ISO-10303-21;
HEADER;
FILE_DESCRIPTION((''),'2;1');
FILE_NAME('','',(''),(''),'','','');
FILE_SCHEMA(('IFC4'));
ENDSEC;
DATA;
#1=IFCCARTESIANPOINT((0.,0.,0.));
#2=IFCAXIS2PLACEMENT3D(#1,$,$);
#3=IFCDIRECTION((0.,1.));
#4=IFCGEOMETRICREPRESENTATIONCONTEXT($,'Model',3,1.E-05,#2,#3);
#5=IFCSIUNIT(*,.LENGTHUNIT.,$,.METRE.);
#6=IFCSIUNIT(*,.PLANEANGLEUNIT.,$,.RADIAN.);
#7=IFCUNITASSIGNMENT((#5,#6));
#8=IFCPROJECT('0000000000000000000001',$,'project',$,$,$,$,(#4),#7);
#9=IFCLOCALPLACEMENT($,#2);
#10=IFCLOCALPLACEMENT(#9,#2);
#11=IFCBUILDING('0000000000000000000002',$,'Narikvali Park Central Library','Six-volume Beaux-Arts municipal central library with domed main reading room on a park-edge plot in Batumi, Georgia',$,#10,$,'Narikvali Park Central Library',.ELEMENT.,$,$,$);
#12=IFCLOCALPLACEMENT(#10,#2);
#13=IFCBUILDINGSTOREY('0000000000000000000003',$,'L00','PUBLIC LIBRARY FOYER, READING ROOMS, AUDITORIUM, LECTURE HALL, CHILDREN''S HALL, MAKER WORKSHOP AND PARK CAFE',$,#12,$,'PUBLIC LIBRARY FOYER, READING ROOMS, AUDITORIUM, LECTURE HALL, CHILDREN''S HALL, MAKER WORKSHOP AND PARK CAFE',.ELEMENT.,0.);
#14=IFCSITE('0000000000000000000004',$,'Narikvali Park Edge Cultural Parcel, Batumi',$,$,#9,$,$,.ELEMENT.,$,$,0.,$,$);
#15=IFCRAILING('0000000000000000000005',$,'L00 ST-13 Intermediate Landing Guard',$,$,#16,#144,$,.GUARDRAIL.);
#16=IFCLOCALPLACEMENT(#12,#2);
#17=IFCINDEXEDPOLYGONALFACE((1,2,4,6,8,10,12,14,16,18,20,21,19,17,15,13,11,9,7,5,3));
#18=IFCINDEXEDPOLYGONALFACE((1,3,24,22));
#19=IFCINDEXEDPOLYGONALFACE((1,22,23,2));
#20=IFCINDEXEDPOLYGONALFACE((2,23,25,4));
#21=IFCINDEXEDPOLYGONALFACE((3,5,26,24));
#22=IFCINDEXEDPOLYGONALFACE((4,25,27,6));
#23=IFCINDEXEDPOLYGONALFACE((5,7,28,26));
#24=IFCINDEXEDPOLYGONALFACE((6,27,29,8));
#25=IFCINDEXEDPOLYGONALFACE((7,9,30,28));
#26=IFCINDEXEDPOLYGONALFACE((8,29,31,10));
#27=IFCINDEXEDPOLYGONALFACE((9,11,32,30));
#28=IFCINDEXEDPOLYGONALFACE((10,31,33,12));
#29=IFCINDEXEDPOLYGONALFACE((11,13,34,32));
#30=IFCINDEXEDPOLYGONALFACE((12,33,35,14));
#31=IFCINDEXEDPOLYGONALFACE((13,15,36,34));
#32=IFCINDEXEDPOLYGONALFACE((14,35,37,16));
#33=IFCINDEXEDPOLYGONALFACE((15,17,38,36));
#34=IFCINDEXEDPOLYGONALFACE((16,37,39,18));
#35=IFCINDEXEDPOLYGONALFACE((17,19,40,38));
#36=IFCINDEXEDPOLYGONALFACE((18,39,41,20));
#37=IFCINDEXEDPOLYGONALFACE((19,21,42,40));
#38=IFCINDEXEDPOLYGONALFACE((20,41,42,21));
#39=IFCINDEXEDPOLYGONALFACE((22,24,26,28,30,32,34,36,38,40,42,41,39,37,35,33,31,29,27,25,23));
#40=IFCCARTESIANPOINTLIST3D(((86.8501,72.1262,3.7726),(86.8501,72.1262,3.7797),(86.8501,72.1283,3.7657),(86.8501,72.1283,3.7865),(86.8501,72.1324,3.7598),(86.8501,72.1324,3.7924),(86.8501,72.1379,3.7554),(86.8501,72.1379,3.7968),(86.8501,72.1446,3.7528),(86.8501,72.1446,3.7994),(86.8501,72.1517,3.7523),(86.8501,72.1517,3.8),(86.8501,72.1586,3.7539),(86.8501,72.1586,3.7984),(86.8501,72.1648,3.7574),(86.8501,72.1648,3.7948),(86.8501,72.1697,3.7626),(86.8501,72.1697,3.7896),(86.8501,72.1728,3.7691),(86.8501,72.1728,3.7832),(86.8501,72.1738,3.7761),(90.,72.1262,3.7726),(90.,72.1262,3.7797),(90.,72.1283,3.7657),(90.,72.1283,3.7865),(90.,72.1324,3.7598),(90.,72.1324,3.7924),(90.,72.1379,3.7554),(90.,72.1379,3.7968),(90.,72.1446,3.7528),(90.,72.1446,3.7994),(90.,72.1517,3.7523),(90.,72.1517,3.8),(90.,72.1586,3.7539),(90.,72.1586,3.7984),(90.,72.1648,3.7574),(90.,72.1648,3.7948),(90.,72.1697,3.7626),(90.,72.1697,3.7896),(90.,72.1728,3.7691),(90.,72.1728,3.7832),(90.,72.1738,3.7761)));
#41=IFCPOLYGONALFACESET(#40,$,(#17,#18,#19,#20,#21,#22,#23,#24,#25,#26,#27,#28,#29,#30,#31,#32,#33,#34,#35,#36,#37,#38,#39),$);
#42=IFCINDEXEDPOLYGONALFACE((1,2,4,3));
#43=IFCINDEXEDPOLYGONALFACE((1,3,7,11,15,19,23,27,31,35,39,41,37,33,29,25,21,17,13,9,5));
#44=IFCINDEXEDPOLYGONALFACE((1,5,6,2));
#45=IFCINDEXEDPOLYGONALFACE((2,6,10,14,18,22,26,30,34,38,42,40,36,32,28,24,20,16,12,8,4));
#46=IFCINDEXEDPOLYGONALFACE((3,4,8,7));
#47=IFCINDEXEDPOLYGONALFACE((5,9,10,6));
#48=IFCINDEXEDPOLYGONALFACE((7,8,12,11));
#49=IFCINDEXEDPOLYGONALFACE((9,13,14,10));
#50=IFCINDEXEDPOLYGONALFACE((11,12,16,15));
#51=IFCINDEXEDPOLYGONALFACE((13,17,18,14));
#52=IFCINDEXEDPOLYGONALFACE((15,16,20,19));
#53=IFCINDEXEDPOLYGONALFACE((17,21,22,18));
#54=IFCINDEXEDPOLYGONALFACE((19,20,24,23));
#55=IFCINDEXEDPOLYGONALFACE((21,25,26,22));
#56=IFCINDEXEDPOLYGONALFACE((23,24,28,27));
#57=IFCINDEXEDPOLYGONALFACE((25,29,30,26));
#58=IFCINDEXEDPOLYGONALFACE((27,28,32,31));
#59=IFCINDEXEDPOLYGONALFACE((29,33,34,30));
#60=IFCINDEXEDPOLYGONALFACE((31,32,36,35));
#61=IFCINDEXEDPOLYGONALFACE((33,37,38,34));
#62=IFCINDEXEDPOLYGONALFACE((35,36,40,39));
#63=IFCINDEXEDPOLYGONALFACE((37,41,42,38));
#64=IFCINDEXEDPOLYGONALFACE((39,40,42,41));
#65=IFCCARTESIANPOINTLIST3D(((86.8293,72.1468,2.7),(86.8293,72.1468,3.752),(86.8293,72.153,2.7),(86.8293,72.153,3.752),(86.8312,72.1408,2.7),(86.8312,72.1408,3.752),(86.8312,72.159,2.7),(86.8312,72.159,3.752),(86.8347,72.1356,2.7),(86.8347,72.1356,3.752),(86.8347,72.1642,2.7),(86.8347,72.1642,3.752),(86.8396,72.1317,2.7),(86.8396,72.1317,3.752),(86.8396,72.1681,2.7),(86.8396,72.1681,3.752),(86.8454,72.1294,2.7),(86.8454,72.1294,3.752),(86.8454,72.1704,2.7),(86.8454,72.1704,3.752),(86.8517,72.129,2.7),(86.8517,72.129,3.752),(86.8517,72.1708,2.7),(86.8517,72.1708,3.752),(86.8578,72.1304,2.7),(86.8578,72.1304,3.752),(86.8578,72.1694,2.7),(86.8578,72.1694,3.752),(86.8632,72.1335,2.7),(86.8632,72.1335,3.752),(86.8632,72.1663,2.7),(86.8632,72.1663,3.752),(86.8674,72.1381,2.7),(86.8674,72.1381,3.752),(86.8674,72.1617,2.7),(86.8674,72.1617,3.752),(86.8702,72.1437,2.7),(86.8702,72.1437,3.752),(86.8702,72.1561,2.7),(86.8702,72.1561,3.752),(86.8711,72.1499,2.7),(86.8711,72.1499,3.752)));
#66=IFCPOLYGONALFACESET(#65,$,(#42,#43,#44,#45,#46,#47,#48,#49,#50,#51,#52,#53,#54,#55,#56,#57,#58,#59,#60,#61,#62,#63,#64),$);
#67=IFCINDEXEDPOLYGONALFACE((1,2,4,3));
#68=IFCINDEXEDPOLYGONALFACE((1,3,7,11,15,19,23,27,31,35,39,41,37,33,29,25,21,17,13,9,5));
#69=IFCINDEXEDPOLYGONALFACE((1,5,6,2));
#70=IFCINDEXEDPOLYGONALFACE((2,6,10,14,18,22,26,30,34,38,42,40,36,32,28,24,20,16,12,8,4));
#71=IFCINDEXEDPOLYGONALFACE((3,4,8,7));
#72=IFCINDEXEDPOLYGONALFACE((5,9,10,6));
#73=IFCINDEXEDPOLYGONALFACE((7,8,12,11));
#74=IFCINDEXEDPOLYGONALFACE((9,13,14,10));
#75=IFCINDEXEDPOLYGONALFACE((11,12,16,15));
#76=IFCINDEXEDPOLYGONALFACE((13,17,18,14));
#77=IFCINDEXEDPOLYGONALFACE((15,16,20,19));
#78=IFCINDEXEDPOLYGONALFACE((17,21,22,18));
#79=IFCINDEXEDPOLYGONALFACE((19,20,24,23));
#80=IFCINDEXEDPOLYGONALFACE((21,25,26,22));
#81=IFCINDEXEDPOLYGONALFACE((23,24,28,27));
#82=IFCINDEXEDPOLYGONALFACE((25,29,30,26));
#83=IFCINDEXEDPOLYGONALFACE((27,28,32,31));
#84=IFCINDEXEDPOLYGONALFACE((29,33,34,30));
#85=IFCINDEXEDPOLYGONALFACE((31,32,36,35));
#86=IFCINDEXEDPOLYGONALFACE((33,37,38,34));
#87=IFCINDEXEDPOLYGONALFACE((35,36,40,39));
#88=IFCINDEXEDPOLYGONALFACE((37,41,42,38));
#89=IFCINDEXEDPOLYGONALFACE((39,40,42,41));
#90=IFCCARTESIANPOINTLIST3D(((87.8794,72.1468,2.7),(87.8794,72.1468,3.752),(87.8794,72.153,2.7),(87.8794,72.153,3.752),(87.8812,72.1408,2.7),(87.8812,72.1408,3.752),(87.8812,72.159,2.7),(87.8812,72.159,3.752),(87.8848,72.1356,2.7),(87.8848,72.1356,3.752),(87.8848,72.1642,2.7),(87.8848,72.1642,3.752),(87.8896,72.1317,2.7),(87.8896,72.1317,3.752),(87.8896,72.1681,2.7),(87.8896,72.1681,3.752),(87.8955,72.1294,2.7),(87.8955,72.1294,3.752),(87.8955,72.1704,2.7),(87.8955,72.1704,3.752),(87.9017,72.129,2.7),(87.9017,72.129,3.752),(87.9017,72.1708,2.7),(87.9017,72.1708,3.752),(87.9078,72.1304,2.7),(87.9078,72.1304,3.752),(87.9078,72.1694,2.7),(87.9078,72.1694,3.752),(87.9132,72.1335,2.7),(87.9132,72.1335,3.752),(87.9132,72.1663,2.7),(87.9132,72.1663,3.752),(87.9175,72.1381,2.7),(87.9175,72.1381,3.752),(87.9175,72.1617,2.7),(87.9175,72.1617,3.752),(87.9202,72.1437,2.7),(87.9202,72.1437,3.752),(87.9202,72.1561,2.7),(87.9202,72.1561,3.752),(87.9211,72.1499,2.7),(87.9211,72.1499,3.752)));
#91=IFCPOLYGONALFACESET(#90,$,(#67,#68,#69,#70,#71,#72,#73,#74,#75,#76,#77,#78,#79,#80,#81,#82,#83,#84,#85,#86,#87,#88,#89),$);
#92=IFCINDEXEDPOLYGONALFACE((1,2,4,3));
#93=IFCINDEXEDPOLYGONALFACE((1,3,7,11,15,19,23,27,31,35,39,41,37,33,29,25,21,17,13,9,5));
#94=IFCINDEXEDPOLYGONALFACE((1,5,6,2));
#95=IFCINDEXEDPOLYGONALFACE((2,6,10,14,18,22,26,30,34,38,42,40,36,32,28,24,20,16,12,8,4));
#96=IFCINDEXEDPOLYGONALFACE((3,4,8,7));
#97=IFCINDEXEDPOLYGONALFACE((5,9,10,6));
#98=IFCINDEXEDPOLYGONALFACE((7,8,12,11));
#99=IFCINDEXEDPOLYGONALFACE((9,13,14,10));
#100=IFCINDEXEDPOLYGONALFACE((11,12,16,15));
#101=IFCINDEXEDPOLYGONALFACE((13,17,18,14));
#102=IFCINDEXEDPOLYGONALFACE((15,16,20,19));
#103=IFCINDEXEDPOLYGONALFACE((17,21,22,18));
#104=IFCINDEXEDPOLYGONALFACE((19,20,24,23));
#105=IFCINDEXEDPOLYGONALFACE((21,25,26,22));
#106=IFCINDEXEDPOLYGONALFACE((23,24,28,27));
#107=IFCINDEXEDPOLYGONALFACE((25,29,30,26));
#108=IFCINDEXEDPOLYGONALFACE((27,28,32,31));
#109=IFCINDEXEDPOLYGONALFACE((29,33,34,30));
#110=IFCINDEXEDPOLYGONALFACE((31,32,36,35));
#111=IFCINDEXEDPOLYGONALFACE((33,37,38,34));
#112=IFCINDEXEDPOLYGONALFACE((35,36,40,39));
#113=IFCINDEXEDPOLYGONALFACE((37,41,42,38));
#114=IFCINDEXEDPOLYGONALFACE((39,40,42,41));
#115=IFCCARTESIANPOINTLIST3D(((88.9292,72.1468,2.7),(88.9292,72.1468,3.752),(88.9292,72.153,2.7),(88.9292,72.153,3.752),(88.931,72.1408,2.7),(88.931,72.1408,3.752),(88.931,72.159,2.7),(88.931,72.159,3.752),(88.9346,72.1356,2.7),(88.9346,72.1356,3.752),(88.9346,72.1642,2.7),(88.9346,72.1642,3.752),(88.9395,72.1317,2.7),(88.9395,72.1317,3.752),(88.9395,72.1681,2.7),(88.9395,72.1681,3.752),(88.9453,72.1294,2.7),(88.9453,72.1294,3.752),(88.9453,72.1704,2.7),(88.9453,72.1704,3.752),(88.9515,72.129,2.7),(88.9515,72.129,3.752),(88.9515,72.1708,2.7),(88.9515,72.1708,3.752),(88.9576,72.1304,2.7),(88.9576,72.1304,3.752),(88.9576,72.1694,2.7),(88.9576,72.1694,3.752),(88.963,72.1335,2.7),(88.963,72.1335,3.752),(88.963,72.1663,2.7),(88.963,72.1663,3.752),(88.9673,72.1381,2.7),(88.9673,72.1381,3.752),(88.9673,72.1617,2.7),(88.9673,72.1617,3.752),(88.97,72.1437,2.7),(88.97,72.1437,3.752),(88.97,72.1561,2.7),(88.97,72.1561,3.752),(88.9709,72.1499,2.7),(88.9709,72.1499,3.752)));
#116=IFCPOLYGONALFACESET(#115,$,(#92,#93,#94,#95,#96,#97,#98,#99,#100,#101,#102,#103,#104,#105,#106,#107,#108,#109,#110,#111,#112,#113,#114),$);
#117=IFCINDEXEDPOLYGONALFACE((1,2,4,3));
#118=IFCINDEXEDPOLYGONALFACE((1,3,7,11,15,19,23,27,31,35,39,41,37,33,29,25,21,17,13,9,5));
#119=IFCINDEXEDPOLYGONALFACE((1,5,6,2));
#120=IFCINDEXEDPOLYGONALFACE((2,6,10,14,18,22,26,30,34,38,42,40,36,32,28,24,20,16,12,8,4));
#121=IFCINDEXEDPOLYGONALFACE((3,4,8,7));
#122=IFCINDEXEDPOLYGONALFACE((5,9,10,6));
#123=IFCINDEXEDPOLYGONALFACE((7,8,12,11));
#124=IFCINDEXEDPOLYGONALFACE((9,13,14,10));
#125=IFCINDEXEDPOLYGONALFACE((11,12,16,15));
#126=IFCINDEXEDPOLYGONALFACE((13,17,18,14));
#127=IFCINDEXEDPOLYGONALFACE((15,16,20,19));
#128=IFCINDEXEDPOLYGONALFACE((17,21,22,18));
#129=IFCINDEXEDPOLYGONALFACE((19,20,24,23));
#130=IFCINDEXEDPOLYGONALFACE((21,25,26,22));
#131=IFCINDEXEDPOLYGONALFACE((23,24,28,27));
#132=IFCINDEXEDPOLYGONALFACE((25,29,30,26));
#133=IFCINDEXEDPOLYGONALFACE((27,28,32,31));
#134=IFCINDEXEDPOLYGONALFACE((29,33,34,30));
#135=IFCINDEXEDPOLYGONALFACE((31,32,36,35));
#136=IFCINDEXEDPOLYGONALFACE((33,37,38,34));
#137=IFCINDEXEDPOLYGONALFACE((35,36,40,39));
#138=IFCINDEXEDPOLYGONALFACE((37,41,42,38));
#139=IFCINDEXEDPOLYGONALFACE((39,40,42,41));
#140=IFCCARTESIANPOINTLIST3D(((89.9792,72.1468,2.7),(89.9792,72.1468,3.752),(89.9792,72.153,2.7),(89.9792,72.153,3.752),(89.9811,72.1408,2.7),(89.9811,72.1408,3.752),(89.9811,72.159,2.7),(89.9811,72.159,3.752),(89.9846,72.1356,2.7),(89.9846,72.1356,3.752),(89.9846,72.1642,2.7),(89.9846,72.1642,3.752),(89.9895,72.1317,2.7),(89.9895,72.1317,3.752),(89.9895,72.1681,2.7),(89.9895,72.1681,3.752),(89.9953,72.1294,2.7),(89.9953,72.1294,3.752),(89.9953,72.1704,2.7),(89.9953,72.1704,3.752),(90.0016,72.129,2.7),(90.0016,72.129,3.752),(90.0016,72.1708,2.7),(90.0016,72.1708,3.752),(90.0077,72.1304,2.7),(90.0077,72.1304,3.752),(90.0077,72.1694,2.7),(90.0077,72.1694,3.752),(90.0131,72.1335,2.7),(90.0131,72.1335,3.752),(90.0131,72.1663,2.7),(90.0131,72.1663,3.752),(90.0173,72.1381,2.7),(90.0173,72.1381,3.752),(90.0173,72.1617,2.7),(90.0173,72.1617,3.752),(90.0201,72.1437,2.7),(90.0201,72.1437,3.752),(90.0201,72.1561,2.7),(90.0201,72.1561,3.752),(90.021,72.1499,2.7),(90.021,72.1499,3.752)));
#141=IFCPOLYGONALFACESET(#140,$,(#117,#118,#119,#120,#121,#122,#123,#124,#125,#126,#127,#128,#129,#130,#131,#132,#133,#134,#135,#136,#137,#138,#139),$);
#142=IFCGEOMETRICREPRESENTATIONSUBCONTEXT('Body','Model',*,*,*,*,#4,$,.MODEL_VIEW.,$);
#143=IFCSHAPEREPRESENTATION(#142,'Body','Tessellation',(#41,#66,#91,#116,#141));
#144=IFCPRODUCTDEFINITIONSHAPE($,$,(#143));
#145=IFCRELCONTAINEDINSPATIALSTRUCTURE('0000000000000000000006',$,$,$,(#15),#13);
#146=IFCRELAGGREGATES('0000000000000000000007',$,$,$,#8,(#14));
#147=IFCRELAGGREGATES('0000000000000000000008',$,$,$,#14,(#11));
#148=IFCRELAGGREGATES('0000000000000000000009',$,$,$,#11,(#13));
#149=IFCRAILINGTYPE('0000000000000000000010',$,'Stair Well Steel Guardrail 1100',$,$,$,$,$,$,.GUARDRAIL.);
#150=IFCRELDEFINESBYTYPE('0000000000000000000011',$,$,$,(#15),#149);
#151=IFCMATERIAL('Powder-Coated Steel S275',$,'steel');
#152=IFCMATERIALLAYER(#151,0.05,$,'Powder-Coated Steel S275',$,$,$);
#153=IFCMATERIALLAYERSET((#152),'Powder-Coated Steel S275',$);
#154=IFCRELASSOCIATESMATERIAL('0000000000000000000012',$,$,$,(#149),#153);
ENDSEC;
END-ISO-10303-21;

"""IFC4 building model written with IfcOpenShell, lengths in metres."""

from ifc_helpers import new_model, si_unit, direction, frame, origin, origin_2d, place, context, subcontext, project, spatial, circle, extrude, material, layer, layer_set, type_object, element, save


model = new_model("IFC4")

# Units and contexts
model_context = context("Model", 3, precision=1e-05, world=origin(), true_north=direction((0.0, 1.0)))
body_context = subcontext(model_context, "Body", "Model", "MODEL_VIEW")
ifc_project = project(units=[si_unit("LENGTHUNIT", "METRE"), si_unit("PLANEANGLEUNIT", "RADIAN")], contexts=[model_context])

# Site, building, storey
site_placement = place(None, origin())
site = spatial("IfcSite", under=ifc_project, at=site_placement, Name="Narikvali Park Edge Cultural Parcel, Batumi", CompositionType="ELEMENT", RefElevation=0.0)
building_placement = place(site_placement, origin())
building = spatial("IfcBuilding", under=site, at=building_placement, Name="Narikvali Park Central Library", Description="Six-volume Beaux-Arts municipal central library with domed main reading room on a park-edge plot in Batumi, Georgia", LongName="Narikvali Park Central Library", CompositionType="ELEMENT")
storey_placement = place(building_placement, origin())
storey = spatial("IfcBuildingStorey", under=building, at=storey_placement, Name="L00", Description="PUBLIC LIBRARY FOYER, READING ROOMS, AUDITORIUM, LECTURE HALL, CHILDREN'S HALL, MAKER WORKSHOP AND PARK CAFE", LongName="PUBLIC LIBRARY FOYER, READING ROOMS, AUDITORIUM, LECTURE HALL, CHILDREN'S HALL, MAKER WORKSHOP AND PARK CAFE", CompositionType="ELEMENT", Elevation=0.0)

# Railing
ifc_material_1 = material(Name="Powder-Coated Steel S275", Category="steel")
ifc_layer_1 = layer(ifc_material_1, 0.05, Name="Powder-Coated Steel S275")
ifc_layer_set_1 = layer_set([ifc_layer_1], Name="Powder-Coated Steel S275")
railing_type_1 = type_object("IfcRailingType", Name="Stair Well Steel Guardrail 1100", PredefinedType="GUARDRAIL", material=ifc_layer_set_1)
railing_1_placement = place(storey_placement, frame((86.8501, 72.1499, 2.7)))
element("IfcRailing", 1, at=railing_1_placement, inside=storey, type_object=railing_type_1, Name="L00 ST-13 Intermediate Landing Guard", PredefinedType="GUARDRAIL", context=body_context, shape_type="SweptSolid", body=[
    extrude(circle(Radius=0.0239, at=origin_2d()), frame((0.0, 0.0, 1.0762), z_axis=(1.0, 0.0, 0.0), x_axis=(0.0, 1.0, 0.0)), (0.0, 0.0, 1.0), 3.1499),
    extrude(circle(Radius=0.021, at=origin_2d()), origin(), (0.0, 0.0, 1.0), 1.052),
    extrude(circle(Radius=0.021, at=origin_2d()), frame((1.05, 0.0, 0.0)), (0.0, 0.0, 1.0), 1.052),
    extrude(circle(Radius=0.021, at=origin_2d()), frame((2.0999, 0.0, 0.0)), (0.0, 0.0, 1.0), 1.052),
    extrude(circle(Radius=0.021, at=origin_2d()), frame((3.1499, 0.0, 0.0)), (0.0, 0.0, 1.0), 1.052),
])

save(model, "model.ifc")
